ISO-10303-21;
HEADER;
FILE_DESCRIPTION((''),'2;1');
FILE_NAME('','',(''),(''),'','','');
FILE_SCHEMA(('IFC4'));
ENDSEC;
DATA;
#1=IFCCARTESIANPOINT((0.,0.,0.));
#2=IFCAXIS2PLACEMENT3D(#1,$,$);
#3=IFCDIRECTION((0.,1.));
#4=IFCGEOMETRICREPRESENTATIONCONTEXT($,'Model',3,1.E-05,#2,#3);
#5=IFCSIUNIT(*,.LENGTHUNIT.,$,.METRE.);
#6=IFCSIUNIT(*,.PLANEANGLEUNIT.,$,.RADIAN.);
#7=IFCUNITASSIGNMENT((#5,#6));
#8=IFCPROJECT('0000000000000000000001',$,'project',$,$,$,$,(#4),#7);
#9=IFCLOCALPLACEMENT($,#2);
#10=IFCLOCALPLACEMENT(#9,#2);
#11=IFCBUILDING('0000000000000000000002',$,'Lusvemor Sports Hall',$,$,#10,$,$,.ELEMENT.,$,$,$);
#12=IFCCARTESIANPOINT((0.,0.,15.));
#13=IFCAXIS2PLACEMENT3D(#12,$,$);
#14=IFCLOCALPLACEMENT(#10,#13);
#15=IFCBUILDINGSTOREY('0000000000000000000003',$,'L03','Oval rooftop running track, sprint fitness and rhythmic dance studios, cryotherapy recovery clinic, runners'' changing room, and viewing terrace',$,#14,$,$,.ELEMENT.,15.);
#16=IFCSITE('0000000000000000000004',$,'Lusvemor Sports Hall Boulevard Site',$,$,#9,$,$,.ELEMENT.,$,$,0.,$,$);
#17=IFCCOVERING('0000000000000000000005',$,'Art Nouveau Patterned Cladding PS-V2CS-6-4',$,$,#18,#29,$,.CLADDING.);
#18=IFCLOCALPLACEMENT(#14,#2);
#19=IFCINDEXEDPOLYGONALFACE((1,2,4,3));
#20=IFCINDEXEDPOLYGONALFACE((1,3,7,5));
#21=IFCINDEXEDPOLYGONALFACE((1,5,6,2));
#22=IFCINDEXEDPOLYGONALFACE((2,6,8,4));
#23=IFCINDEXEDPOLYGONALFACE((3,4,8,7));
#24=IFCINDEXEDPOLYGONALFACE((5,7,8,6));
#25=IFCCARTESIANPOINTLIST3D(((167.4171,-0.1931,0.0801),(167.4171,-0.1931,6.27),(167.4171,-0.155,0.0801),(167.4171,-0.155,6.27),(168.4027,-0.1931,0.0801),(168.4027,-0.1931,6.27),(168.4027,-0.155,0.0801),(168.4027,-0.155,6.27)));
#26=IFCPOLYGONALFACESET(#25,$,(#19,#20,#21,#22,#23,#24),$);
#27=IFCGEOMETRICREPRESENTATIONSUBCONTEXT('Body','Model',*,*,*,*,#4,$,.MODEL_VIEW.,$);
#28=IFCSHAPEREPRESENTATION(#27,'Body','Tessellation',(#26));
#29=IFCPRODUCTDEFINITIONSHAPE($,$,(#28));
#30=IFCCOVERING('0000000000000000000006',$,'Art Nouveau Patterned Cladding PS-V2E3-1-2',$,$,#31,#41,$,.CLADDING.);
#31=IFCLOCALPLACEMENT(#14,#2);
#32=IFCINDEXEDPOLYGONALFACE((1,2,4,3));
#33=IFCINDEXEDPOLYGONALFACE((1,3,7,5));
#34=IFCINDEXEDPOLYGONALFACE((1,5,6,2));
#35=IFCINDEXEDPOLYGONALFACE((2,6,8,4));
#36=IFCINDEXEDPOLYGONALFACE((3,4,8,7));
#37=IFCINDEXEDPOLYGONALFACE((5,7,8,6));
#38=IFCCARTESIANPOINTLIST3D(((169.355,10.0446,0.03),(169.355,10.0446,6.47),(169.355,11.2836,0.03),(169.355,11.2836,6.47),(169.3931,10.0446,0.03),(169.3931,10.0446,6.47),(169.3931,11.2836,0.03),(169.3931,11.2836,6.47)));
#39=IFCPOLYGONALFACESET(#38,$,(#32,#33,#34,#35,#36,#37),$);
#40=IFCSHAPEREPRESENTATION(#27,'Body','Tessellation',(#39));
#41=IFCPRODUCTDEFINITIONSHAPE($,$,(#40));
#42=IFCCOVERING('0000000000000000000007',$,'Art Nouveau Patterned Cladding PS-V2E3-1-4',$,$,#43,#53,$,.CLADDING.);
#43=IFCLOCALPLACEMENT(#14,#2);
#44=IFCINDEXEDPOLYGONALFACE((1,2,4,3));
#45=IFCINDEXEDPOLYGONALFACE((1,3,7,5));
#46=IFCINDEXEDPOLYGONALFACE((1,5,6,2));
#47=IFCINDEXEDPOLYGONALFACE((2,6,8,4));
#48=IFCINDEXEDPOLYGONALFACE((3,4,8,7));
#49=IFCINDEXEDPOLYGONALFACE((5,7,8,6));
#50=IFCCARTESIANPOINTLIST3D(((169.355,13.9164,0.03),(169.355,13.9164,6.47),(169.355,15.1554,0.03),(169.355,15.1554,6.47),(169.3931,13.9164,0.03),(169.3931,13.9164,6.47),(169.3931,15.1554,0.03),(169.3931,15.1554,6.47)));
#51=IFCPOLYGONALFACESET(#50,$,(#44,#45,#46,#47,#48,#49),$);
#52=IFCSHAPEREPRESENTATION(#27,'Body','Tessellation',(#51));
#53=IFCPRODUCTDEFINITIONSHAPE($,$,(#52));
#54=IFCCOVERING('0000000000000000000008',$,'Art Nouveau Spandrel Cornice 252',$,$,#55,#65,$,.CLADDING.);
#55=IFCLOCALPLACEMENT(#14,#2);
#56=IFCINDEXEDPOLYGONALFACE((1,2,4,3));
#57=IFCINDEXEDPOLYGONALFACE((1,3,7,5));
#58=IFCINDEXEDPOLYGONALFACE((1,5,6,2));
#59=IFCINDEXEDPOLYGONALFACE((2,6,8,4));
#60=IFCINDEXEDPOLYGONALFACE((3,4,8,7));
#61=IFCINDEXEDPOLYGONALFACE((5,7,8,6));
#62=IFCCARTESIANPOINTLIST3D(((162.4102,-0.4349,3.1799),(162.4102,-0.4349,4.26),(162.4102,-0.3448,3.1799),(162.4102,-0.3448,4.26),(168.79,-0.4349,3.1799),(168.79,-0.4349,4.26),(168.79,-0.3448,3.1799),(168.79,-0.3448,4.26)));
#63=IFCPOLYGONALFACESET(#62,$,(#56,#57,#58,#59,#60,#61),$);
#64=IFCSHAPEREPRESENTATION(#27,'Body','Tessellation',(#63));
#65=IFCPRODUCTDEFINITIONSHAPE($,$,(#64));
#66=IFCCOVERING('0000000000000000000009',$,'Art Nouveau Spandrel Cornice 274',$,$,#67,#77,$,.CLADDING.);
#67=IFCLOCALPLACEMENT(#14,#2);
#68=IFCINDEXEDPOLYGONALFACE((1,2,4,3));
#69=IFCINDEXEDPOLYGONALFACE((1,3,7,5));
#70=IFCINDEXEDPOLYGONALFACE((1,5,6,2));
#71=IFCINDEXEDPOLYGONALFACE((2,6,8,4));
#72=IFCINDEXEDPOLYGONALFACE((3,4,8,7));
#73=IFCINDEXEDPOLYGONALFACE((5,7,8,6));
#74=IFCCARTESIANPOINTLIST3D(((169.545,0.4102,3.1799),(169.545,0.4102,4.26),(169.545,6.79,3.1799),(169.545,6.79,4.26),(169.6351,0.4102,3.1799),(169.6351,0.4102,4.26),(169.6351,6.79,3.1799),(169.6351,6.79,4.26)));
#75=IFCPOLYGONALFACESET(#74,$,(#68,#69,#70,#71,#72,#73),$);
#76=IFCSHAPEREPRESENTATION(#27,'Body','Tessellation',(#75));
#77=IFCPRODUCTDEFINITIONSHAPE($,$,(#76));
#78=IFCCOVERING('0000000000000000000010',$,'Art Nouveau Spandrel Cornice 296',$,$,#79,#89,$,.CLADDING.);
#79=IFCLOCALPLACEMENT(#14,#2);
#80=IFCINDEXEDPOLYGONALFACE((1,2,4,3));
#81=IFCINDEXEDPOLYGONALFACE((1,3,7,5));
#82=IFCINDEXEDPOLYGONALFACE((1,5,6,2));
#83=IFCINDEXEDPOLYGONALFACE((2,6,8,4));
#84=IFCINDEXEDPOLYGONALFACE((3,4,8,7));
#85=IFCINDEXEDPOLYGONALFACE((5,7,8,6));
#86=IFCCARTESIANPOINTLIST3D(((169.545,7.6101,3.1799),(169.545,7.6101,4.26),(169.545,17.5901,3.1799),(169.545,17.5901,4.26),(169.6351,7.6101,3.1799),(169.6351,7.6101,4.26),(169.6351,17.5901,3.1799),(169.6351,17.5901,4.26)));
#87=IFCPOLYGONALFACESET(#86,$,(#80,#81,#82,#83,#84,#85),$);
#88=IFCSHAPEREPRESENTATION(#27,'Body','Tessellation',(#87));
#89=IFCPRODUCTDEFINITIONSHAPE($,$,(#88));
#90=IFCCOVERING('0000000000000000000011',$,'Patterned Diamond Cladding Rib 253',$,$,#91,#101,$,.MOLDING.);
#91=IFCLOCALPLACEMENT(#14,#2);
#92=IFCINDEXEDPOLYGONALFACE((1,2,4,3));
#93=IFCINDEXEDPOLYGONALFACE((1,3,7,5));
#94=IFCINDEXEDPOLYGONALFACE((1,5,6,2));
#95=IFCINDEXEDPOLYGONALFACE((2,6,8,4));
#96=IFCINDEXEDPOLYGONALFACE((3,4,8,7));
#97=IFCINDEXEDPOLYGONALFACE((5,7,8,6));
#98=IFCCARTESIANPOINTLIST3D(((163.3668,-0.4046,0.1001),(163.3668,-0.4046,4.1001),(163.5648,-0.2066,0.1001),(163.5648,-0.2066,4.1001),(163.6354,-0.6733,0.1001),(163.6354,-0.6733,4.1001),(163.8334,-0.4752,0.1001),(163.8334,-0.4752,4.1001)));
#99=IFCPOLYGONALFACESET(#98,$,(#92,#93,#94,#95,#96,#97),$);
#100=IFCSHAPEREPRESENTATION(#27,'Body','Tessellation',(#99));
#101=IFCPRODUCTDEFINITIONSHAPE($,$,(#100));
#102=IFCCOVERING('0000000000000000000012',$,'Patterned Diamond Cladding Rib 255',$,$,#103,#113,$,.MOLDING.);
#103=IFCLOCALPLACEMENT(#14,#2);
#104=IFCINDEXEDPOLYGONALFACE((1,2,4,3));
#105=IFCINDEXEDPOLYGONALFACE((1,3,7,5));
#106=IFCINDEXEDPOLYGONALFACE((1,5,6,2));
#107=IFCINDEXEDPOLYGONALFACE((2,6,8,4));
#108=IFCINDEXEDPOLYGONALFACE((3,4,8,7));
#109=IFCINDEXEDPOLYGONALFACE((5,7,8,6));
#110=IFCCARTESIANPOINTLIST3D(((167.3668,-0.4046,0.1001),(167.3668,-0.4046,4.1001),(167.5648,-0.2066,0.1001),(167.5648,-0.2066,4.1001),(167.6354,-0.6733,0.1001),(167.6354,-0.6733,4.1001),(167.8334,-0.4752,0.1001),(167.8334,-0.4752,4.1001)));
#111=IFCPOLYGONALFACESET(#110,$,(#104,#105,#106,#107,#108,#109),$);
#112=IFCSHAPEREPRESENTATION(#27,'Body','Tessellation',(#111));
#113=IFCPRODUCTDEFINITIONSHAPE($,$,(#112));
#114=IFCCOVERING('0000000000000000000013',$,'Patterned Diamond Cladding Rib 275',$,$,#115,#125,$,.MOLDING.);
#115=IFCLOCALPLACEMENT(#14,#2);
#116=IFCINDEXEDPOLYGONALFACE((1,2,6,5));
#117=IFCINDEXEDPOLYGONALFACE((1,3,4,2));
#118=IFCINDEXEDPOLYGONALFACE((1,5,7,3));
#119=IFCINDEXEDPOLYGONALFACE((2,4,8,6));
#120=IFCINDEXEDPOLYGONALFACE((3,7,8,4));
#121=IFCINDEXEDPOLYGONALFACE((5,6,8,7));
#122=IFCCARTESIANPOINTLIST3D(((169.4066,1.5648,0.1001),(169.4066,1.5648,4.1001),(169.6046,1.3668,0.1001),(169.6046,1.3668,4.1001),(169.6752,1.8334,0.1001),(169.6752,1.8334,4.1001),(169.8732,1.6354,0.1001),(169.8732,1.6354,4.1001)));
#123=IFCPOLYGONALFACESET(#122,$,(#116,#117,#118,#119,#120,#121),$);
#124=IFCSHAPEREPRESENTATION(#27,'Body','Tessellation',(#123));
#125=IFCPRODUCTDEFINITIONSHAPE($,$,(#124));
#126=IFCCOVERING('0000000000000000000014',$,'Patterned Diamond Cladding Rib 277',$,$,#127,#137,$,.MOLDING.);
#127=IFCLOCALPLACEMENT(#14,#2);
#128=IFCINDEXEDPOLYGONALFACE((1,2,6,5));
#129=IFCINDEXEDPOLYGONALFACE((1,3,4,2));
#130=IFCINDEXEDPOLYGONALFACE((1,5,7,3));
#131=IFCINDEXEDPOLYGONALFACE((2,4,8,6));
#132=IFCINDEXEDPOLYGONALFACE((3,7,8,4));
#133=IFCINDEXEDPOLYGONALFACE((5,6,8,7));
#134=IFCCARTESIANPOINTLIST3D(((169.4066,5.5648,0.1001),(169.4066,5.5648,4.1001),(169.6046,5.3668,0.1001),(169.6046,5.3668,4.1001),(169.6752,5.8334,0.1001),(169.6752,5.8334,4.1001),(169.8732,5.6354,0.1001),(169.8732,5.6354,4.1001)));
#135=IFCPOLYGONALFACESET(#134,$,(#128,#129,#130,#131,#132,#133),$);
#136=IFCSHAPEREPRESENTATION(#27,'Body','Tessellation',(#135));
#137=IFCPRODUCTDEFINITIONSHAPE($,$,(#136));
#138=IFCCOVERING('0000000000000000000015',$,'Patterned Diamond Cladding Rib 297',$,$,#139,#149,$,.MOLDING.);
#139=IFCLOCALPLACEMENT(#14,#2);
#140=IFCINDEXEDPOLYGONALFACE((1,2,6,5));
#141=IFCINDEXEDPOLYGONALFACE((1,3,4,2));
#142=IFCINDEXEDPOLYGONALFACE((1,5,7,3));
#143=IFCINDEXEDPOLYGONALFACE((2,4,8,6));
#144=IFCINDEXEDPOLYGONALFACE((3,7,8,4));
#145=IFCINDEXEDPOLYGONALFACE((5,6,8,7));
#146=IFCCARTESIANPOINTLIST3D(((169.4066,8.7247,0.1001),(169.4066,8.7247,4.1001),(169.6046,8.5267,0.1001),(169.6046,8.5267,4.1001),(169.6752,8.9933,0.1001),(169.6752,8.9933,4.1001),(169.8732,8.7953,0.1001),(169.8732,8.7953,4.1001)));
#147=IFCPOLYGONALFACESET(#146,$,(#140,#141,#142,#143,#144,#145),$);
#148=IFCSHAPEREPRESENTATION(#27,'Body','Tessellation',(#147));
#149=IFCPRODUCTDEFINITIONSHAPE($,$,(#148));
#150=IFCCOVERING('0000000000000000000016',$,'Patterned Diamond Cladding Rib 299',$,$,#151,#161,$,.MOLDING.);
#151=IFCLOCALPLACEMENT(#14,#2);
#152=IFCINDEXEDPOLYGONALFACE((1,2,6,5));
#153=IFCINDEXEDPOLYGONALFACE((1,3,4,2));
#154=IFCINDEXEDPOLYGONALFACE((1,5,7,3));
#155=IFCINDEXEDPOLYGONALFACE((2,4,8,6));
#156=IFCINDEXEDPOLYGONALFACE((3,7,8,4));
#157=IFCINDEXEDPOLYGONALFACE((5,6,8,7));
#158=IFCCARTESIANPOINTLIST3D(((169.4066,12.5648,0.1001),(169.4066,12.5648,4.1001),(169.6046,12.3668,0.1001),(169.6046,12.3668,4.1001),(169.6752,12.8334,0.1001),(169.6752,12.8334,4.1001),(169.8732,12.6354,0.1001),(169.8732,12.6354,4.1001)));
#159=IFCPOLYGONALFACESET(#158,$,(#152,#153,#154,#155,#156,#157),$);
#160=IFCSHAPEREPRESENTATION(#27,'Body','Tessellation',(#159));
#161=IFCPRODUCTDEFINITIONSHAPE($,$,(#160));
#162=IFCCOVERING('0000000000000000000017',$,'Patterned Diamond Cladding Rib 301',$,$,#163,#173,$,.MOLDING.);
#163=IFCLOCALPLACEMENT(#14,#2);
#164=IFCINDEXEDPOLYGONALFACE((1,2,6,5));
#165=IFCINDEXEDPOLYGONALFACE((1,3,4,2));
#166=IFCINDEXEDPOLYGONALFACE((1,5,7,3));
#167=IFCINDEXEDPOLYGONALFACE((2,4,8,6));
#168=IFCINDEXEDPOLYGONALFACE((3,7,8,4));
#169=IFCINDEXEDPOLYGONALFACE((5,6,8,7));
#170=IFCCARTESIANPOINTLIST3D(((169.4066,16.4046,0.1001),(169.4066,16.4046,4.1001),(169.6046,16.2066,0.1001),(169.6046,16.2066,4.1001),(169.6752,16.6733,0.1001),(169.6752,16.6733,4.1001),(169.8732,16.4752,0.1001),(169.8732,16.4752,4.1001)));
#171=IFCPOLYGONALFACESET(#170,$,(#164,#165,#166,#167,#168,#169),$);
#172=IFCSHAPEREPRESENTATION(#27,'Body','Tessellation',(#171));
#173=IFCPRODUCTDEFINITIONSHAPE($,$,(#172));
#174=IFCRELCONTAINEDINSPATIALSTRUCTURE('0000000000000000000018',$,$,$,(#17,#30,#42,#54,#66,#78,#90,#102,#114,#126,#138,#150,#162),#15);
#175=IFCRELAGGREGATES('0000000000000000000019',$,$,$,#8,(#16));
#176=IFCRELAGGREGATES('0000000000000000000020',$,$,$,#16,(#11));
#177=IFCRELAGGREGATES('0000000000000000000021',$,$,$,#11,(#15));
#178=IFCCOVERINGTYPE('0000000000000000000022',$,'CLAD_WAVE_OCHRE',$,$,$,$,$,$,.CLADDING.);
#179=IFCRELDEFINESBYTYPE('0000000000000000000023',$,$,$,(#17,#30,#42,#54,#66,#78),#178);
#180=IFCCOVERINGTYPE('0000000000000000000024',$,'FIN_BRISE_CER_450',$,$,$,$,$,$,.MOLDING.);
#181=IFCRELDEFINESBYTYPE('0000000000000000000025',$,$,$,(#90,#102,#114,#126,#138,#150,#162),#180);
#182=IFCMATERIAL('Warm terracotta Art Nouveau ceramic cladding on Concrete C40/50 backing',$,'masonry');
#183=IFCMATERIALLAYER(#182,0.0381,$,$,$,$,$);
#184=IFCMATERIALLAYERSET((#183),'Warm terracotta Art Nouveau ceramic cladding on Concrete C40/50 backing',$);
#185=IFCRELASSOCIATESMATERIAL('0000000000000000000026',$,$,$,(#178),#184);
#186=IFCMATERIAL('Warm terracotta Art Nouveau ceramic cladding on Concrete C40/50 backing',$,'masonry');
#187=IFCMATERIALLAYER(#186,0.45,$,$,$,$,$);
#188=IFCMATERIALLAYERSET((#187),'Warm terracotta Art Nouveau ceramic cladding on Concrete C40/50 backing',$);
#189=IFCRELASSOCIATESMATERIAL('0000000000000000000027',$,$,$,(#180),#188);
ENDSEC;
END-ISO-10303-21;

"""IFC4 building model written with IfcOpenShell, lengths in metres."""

from ifc_helpers import new_model, si_unit, direction, frame, origin, origin_2d, place, context, subcontext, project, spatial, rectangle, extrude, material, layer, layer_set, type_object, element, save


model = new_model("IFC4")

# Units and contexts
model_context = context("Model", 3, precision=1e-05, world=origin(), true_north=direction((0.0, 1.0)))
body_context = subcontext(model_context, "Body", "Model", "MODEL_VIEW")
ifc_project = project(units=[si_unit("LENGTHUNIT", "METRE"), si_unit("PLANEANGLEUNIT", "RADIAN")], contexts=[model_context])

# Site, building, storey
site_placement = place(None, origin())
site = spatial("IfcSite", under=ifc_project, at=site_placement, Name="Lusvemor Sports Hall Boulevard Site", CompositionType="ELEMENT", RefElevation=0.0)
building_placement = place(site_placement, origin())
building = spatial("IfcBuilding", under=site, at=building_placement, Name="Lusvemor Sports Hall", CompositionType="ELEMENT")
storey_placement = place(building_placement, frame((0.0, 0.0, 15.0)))
storey = spatial("IfcBuildingStorey", under=building, at=storey_placement, Name="L03", Description="Oval rooftop running track, sprint fitness and rhythmic dance studios, cryotherapy recovery clinic, runners' changing room, and viewing terrace", CompositionType="ELEMENT", Elevation=15.0)

# Coverings
ifc_material_1 = material(Name="Warm terracotta Art Nouveau ceramic cladding on Concrete C40/50 backing", Category="masonry")
ifc_layer_1 = layer(ifc_material_1, 0.0381)
ifc_layer_set_1 = layer_set([ifc_layer_1], Name="Warm terracotta Art Nouveau ceramic cladding on Concrete C40/50 backing")
covering_type_1 = type_object("IfcCoveringType", Name="CLAD_WAVE_OCHRE", PredefinedType="CLADDING", material=ifc_layer_set_1)
for number, where, z_axis, x_axis, name in (
    (1, (167.9099, -0.1741, 0.0801), (0.0, 0.0, 1.0), (1.0, 0.0, 0.0), "Art Nouveau Patterned Cladding PS-V2CS-6-4"),
):
    element("IfcCovering", number, at=place(storey_placement, frame(where, z_axis=z_axis, x_axis=x_axis)), inside=storey, type_object=covering_type_1, Name=name, PredefinedType="CLADDING", context=body_context, shape_type="SweptSolid", body=[
        extrude(rectangle(XDim=0.9856, YDim=0.0381, at=origin_2d()), origin(), (0.0, 0.0, 1.0), 6.1899),
    ])
for number, where, z_axis, x_axis, name in (
    (2, (169.374, 10.6641, 0.03), (0.0, 0.0, 1.0), (1.0, 0.0, 0.0), "Art Nouveau Patterned Cladding PS-V2E3-1-2"),
    (3, (169.374, 14.5359, 0.03), (0.0, 0.0, 1.0), (1.0, 0.0, 0.0), "Art Nouveau Patterned Cladding PS-V2E3-1-4"),
):
    element("IfcCovering", number, at=place(storey_placement, frame(where, z_axis=z_axis, x_axis=x_axis)), inside=storey, type_object=covering_type_1, Name=name, PredefinedType="CLADDING", context=body_context, shape_type="SweptSolid", body=[
        extrude(rectangle(XDim=0.0381, YDim=1.239, at=origin_2d()), origin(), (0.0, 0.0, 1.0), 6.4399),
    ])
covering_1_placement = place(storey_placement, frame((165.6001, -0.3899, 3.1799), z_axis=(0.0, 0.0, 1.0), x_axis=(1.0, 0.0, 0.0)))
element("IfcCovering", 4, at=covering_1_placement, inside=storey, type_object=covering_type_1, Name="Art Nouveau Spandrel Cornice 252", PredefinedType="CLADDING", context=body_context, shape_type="SweptSolid", body=[
    extrude(rectangle(XDim=6.3799, YDim=0.0901, at=origin_2d()), origin(), (0.0, 0.0, 1.0), 1.0801),
])
covering_2_placement = place(storey_placement, frame((169.5901, 3.6001, 3.1799), z_axis=(0.0, 0.0, 1.0), x_axis=(1.0, 0.0, 0.0)))
element("IfcCovering", 5, at=covering_2_placement, inside=storey, type_object=covering_type_1, Name="Art Nouveau Spandrel Cornice 274", PredefinedType="CLADDING", context=body_context, shape_type="SweptSolid", body=[
    extrude(rectangle(XDim=0.0901, YDim=6.3799, at=origin_2d()), origin(), (0.0, 0.0, 1.0), 1.0801),
])
covering_3_placement = place(storey_placement, frame((169.5901, 12.6001, 3.1799), z_axis=(0.0, 0.0, 1.0), x_axis=(1.0, 0.0, 0.0)))
element("IfcCovering", 6, at=covering_3_placement, inside=storey, type_object=covering_type_1, Name="Art Nouveau Spandrel Cornice 296", PredefinedType="CLADDING", context=body_context, shape_type="SweptSolid", body=[
    extrude(rectangle(XDim=0.0901, YDim=9.98, at=origin_2d()), origin(), (0.0, 0.0, 1.0), 1.0801),
])
ifc_material_2 = material(Name="Warm terracotta Art Nouveau ceramic cladding on Concrete C40/50 backing", Category="masonry")
ifc_layer_2 = layer(ifc_material_2, 0.45)
ifc_layer_set_2 = layer_set([ifc_layer_2], Name="Warm terracotta Art Nouveau ceramic cladding on Concrete C40/50 backing")
covering_type_2 = type_object("IfcCoveringType", Name="FIN_BRISE_CER_450", PredefinedType="MOLDING", material=ifc_layer_set_2)
for number, where, z_axis, x_axis, name in (
    (7, (163.6001, -0.4399, 0.1001), (0.0, 0.0, 1.0), (0.707107, 0.707107, 0.0), "Patterned Diamond Cladding Rib 253"),
    (8, (167.6001, -0.4399, 0.1001), (0.0, 0.0, 1.0), (0.707107, 0.707107, 0.0), "Patterned Diamond Cladding Rib 255"),
):
    element("IfcCovering", number, at=place(storey_placement, frame(where, z_axis=z_axis, x_axis=x_axis)), inside=storey, type_object=covering_type_2, Name=name, PredefinedType="MOLDING", context=body_context, shape_type="SweptSolid", body=[
        extrude(rectangle(XDim=0.28, YDim=0.3799, at=origin_2d()), origin(), (0.0, 0.0, 1.0), 4.0),
    ])
for number, where, z_axis, x_axis, name in (
    (9, (169.6399, 1.6001, 0.1001), (0.0, 0.0, 1.0), (0.707107, 0.707107, 0.0), "Patterned Diamond Cladding Rib 275"),
    (10, (169.6399, 5.6001, 0.1001), (0.0, 0.0, 1.0), (0.707107, 0.707107, 0.0), "Patterned Diamond Cladding Rib 277"),
    (11, (169.6399, 8.76, 0.1001), (0.0, 0.0, 1.0), (0.707107, 0.707107, 0.0), "Patterned Diamond Cladding Rib 297"),
    (12, (169.6399, 12.6001, 0.1001), (0.0, 0.0, 1.0), (0.707107, 0.707107, 0.0), "Patterned Diamond Cladding Rib 299"),
    (13, (169.6399, 16.4399, 0.1001), (0.0, 0.0, 1.0), (0.707107, 0.707107, 0.0), "Patterned Diamond Cladding Rib 301"),
):
    element("IfcCovering", number, at=place(storey_placement, frame(where, z_axis=z_axis, x_axis=x_axis)), inside=storey, type_object=covering_type_2, Name=name, PredefinedType="MOLDING", context=body_context, shape_type="SweptSolid", body=[
        extrude(rectangle(XDim=0.3799, YDim=0.28, at=origin_2d()), origin(), (0.0, 0.0, 1.0), 4.0),
    ])

save(model, "model.ifc")
